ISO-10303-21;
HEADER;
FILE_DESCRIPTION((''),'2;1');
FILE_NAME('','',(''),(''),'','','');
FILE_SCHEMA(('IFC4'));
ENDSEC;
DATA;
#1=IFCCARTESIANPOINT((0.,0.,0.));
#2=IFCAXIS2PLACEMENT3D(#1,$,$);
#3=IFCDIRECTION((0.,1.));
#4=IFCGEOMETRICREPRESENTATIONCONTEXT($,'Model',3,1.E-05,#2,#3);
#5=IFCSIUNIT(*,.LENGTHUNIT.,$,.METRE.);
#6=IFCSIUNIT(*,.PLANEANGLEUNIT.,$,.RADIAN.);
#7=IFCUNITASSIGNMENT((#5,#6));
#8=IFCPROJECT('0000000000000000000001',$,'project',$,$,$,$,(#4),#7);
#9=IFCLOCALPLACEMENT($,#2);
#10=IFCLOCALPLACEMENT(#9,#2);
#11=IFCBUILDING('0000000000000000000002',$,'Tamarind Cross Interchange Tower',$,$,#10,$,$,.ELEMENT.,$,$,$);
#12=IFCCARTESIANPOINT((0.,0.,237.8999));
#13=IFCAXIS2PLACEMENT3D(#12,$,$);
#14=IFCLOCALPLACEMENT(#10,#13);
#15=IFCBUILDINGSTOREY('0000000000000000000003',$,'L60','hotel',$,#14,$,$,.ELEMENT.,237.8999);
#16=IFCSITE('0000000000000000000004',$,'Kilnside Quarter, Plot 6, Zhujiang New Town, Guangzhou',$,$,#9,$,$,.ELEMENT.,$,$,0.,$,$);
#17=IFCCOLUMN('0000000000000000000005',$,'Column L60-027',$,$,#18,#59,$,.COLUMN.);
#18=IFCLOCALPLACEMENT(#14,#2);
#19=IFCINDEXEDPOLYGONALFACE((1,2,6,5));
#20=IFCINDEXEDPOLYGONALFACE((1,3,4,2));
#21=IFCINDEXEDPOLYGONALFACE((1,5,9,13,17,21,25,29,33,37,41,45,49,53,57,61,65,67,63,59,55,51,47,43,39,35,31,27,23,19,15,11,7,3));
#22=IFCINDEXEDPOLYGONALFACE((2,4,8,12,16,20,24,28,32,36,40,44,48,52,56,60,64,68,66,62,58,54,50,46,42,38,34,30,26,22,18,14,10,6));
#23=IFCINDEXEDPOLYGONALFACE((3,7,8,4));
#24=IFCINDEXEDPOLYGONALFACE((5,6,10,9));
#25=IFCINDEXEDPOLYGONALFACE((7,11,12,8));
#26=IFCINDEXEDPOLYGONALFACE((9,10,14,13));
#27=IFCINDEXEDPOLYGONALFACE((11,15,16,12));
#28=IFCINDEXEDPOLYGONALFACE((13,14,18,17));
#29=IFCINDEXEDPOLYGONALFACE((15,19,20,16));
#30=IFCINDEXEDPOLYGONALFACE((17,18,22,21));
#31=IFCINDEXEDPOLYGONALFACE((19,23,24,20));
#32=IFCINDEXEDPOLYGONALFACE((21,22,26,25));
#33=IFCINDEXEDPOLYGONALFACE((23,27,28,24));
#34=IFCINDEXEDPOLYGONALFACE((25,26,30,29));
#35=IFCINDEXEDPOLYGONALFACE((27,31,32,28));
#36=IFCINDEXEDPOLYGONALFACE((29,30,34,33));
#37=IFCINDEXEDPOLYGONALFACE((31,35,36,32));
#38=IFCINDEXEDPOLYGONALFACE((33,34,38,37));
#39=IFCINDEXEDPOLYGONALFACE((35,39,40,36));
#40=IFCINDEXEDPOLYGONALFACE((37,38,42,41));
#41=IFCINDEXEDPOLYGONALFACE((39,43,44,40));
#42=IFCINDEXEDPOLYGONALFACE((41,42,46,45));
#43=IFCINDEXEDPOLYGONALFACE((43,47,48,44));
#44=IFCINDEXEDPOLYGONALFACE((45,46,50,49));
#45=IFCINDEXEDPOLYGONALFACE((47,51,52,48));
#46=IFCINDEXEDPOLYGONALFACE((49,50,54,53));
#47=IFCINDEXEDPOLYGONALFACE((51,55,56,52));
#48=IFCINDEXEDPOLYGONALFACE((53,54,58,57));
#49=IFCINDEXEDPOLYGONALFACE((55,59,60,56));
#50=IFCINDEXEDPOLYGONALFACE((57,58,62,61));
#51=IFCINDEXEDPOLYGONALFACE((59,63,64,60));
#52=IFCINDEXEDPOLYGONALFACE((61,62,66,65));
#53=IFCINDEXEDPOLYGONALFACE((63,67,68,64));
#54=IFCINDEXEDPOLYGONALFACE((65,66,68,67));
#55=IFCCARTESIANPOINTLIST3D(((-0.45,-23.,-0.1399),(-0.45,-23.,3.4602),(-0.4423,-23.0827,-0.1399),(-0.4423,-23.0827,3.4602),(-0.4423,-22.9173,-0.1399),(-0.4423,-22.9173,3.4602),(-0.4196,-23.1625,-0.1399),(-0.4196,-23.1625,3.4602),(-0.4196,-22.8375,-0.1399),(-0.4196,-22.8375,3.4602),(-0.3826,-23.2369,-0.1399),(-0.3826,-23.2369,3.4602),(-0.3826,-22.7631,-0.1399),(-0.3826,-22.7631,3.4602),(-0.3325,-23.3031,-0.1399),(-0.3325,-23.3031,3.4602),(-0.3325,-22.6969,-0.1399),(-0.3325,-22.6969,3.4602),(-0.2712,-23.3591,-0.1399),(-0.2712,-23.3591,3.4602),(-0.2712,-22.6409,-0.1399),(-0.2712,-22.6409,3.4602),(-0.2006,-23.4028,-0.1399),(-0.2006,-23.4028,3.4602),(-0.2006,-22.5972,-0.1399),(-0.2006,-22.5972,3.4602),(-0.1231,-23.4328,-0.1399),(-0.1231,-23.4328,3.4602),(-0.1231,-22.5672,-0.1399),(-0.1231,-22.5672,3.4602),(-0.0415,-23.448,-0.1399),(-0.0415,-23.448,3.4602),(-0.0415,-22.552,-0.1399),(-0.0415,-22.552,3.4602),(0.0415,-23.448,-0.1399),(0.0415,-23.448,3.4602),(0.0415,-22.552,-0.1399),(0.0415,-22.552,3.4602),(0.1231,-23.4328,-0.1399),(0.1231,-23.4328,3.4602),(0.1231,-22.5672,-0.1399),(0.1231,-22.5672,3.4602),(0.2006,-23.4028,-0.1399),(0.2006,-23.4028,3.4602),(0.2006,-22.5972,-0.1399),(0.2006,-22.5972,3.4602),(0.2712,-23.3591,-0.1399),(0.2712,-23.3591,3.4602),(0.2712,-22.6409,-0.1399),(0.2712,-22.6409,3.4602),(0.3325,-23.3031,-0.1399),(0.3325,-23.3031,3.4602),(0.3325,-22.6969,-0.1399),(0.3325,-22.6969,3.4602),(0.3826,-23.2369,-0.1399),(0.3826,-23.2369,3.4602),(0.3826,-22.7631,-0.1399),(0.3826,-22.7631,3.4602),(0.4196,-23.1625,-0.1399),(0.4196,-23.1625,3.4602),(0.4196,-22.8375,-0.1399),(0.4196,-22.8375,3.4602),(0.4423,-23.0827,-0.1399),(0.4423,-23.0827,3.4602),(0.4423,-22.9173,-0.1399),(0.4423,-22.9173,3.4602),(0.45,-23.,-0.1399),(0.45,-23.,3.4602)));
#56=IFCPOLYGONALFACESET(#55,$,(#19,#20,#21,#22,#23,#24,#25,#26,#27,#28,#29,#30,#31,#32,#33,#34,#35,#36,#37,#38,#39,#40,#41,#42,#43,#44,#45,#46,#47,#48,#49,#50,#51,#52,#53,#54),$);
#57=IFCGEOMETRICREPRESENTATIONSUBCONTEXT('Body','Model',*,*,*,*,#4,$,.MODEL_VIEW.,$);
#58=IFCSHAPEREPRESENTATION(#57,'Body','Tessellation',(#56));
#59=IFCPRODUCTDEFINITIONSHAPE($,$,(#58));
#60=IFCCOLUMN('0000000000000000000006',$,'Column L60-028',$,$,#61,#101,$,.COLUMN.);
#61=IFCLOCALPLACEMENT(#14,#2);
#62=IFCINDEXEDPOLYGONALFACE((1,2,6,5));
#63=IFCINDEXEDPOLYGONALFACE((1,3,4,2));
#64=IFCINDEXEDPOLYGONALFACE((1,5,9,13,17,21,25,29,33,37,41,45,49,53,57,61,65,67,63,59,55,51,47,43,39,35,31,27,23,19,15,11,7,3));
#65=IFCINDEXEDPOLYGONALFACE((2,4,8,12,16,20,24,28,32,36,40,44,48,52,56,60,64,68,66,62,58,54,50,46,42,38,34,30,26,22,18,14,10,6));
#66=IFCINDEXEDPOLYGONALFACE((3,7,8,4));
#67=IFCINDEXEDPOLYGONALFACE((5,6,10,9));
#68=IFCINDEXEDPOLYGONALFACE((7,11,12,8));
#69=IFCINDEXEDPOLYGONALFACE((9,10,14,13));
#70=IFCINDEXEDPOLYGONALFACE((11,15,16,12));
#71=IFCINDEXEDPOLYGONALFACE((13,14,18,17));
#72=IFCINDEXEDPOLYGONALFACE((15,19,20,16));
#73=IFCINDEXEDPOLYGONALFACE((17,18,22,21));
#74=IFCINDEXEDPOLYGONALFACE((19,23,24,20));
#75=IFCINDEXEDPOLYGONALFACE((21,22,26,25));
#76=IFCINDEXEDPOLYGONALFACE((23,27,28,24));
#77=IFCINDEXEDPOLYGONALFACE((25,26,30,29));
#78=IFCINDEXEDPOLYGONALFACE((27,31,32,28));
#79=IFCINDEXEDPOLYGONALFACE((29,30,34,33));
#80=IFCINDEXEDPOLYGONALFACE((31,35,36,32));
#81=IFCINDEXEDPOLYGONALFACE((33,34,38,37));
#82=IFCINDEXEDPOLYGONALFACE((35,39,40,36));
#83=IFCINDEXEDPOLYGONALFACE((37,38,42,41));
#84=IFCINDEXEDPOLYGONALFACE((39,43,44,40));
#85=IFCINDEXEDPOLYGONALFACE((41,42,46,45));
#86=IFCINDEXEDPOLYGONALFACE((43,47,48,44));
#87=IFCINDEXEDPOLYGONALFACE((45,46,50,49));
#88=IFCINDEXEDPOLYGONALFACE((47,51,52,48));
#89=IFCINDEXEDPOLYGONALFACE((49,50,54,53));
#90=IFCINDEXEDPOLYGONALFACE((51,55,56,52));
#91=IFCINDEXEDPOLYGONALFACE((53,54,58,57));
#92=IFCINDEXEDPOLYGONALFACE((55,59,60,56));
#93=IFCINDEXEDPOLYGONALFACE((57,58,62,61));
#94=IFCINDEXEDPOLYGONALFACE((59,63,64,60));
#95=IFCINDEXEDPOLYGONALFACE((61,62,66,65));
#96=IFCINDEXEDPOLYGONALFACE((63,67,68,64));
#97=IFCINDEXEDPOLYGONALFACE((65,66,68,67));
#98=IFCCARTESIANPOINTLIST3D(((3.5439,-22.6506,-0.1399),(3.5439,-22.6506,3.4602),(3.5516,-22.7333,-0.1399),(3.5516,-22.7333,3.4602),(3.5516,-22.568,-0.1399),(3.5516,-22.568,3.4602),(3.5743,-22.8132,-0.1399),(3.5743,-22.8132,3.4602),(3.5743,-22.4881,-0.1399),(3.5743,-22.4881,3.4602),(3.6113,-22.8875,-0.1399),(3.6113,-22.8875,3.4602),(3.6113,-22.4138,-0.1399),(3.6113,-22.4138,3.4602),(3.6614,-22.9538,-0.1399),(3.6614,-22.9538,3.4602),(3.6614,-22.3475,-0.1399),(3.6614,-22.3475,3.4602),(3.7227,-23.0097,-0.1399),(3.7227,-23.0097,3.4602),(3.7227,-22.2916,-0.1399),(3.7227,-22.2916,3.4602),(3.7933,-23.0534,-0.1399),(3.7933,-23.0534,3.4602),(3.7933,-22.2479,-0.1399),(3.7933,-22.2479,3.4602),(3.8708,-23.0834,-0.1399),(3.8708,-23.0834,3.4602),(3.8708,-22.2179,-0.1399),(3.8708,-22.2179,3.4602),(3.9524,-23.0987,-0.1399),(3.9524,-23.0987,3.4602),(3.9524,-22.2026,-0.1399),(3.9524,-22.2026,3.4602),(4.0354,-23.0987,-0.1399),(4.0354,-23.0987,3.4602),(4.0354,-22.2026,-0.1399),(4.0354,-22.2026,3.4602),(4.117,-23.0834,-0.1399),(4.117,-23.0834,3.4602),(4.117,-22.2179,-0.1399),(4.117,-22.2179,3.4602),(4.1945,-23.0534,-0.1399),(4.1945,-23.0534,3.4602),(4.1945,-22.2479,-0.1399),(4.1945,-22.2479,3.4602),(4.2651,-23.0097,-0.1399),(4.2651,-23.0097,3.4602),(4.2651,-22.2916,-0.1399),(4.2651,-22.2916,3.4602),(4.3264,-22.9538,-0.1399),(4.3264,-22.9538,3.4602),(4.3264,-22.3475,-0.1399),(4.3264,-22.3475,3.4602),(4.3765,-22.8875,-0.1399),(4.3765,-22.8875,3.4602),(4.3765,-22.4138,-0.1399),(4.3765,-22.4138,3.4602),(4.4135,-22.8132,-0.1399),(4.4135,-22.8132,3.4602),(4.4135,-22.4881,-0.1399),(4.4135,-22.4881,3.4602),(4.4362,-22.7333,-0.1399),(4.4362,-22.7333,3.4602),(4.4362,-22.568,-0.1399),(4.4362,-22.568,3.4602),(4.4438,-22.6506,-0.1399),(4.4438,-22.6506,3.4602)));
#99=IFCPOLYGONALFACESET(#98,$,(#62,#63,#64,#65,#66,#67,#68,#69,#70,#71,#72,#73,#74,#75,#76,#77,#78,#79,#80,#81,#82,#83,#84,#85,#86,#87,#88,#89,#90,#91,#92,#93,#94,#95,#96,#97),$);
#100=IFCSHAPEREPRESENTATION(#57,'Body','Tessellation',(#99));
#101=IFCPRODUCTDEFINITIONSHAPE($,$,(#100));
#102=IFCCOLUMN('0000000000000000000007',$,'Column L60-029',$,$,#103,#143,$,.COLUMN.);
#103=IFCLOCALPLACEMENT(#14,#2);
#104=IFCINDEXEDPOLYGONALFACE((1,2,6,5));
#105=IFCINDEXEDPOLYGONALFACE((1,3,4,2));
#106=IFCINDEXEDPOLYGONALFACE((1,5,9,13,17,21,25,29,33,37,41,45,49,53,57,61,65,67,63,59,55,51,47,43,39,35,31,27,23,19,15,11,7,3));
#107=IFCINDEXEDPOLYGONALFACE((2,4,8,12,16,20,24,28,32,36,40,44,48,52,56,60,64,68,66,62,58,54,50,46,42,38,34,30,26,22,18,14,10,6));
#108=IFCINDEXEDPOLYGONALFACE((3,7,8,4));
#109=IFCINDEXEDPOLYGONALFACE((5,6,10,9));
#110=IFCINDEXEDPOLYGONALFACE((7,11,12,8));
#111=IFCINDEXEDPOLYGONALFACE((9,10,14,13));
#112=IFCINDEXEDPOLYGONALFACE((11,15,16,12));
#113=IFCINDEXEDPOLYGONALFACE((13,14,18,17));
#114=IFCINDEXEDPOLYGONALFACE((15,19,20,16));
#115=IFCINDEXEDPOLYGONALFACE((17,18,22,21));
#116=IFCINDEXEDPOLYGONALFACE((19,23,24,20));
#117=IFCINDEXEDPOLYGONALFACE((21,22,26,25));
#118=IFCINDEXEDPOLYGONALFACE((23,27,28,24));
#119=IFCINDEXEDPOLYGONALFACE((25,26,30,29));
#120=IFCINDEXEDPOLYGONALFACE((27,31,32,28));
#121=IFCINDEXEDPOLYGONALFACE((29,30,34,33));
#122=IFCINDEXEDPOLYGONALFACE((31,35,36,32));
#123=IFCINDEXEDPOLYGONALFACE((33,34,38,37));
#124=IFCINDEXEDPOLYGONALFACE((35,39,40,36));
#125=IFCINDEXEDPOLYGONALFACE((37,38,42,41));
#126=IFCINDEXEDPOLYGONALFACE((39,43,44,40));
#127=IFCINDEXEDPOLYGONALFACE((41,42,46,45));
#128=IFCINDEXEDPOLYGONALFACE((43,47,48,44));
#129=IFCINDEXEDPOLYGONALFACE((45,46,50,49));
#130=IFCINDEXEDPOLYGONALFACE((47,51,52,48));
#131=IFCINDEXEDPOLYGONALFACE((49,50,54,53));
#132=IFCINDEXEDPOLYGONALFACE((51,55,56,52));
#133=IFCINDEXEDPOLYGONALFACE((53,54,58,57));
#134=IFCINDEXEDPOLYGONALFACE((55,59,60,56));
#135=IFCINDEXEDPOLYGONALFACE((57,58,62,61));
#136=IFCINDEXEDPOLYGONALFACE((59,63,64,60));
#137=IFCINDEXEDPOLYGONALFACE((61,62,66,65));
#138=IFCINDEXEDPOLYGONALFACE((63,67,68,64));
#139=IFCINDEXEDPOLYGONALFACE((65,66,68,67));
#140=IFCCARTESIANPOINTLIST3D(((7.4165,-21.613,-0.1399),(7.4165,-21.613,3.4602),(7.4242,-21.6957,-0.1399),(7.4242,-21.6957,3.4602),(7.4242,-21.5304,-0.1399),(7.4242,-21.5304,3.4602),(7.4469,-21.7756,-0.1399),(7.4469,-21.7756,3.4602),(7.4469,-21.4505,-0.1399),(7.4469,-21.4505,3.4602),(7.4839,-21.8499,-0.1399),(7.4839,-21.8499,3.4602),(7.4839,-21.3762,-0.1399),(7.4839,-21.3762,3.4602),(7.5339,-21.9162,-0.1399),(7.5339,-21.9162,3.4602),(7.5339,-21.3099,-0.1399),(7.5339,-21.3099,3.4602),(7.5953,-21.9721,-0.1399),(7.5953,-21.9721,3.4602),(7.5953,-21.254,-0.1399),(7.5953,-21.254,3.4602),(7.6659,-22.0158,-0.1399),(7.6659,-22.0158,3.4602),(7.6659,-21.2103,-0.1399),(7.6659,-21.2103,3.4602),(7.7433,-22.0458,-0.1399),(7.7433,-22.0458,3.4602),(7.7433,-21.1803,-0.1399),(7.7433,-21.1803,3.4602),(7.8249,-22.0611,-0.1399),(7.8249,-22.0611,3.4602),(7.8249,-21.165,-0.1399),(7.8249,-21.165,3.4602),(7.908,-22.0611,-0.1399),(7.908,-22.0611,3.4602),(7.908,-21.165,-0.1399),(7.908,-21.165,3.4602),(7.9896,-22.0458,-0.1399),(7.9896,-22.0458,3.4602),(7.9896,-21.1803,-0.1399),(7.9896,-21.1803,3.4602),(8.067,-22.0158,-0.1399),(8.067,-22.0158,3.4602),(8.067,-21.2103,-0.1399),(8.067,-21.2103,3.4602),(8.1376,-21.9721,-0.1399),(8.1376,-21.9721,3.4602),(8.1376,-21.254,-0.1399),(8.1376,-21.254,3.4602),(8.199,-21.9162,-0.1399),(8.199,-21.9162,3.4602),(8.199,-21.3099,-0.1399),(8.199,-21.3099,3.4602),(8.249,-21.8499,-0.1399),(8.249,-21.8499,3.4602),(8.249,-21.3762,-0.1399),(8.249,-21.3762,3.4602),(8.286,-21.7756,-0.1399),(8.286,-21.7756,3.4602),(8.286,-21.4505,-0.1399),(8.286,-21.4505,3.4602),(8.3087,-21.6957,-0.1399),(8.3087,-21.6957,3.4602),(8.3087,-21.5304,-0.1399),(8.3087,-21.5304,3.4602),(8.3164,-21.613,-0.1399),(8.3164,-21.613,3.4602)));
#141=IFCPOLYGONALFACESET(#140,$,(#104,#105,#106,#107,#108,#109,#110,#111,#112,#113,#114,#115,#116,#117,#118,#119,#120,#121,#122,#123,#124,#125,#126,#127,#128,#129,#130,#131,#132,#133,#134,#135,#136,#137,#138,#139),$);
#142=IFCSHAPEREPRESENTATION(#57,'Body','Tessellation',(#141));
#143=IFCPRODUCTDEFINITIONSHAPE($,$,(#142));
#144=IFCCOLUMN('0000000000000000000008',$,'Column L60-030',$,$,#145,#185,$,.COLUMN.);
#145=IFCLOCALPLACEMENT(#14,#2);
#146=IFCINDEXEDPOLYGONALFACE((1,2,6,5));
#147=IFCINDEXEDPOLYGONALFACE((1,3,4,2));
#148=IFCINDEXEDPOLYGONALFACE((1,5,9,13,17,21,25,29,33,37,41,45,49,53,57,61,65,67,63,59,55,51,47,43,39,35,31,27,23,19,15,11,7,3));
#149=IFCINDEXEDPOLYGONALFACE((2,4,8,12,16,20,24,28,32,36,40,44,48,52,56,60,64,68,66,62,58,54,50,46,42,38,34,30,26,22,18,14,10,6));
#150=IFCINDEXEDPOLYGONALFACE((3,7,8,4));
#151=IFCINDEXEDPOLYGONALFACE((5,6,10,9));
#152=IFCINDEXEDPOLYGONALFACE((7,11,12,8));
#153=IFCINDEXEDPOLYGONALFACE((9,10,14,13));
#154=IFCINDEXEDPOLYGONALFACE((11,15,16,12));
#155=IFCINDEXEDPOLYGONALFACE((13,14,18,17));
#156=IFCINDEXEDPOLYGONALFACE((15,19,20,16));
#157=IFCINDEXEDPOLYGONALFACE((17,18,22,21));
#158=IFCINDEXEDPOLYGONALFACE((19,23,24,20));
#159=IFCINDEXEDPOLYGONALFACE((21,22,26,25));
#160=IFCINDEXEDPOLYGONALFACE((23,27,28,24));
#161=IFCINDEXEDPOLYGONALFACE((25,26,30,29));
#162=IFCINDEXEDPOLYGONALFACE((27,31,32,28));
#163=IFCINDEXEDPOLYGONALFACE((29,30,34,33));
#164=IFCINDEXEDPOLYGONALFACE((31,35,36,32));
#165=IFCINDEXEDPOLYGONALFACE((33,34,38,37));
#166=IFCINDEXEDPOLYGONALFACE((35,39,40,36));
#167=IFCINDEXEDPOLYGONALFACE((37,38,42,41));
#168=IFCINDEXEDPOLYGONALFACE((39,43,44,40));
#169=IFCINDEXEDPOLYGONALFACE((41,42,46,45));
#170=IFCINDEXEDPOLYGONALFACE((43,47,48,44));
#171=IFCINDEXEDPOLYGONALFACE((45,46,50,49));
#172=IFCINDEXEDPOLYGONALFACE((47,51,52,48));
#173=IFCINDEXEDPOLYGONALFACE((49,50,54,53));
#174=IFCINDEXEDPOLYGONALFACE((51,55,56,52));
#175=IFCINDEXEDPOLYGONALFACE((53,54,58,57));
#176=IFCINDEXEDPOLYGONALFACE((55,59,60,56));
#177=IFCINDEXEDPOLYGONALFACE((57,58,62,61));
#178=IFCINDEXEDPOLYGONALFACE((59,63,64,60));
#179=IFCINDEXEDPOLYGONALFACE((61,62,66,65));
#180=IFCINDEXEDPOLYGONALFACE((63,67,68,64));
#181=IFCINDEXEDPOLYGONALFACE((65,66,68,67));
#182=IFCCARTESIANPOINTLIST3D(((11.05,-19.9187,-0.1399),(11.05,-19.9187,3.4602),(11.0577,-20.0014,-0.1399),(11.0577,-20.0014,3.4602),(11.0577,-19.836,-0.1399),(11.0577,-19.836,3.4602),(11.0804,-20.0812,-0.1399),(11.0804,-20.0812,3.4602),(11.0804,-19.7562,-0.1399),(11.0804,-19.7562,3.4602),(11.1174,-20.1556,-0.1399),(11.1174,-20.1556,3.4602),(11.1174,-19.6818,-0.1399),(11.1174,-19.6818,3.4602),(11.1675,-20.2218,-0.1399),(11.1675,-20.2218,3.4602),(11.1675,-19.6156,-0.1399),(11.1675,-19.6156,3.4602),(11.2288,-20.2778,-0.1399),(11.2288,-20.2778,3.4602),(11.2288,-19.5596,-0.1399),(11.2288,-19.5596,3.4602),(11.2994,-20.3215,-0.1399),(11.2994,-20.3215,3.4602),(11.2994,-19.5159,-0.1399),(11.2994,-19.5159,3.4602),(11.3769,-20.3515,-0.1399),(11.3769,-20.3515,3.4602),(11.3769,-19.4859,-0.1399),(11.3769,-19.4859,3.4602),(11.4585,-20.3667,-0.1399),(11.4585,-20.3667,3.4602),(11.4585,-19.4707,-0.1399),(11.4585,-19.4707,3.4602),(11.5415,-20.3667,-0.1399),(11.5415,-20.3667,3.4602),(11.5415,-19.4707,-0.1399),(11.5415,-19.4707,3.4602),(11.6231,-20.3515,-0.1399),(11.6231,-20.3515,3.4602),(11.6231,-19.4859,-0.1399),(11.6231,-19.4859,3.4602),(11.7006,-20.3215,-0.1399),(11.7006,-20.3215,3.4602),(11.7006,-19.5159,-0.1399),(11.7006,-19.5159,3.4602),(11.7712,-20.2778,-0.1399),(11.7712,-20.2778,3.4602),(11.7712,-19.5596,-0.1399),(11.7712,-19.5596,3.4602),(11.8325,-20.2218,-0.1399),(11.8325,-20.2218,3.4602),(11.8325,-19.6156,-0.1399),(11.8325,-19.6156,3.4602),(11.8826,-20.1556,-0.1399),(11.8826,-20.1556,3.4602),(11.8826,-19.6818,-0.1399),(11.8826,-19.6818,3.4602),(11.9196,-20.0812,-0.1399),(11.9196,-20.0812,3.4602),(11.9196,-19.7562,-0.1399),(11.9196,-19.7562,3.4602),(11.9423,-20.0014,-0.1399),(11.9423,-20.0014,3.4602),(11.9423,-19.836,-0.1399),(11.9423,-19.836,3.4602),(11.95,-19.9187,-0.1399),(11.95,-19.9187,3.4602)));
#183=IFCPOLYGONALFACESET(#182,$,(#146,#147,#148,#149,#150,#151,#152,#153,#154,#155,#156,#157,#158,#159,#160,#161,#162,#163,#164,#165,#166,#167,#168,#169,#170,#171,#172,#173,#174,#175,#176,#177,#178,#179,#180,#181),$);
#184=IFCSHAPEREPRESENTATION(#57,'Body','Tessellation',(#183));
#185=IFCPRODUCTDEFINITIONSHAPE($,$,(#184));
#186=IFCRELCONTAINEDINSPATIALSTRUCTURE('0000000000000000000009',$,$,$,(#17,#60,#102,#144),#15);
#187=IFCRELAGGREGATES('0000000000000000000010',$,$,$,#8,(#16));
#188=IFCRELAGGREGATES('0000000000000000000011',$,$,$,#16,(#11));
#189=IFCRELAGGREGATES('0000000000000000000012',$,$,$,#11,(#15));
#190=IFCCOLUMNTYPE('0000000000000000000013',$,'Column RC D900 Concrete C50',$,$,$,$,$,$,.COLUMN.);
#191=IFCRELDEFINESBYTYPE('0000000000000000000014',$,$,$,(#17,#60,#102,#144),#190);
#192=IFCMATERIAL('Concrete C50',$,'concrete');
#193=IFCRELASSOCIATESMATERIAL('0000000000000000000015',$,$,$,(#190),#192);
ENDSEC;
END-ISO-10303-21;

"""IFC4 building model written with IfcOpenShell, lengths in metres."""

from ifc_helpers import new_model, si_unit, direction, frame, origin, origin_2d, place, context, subcontext, project, spatial, circle, extrude, material, material_profile, profile_set, type_object, element, save


model = new_model("IFC4")

# Units and contexts
model_context = context("Model", 3, precision=1e-05, world=origin(), true_north=direction((0.0, 1.0)))
body_context = subcontext(model_context, "Body", "Model", "MODEL_VIEW")
ifc_project = project(units=[si_unit("LENGTHUNIT", "METRE"), si_unit("PLANEANGLEUNIT", "RADIAN")], contexts=[model_context])

# Site, building, storey
site_placement = place(None, origin())
site = spatial("IfcSite", under=ifc_project, at=site_placement, Name="Kilnside Quarter, Plot 6, Zhujiang New Town, Guangzhou", CompositionType="ELEMENT", RefElevation=0.0)
building_placement = place(site_placement, origin())
building = spatial("IfcBuilding", under=site, at=building_placement, Name="Tamarind Cross Interchange Tower", CompositionType="ELEMENT")
storey_placement = place(building_placement, frame((0.0, 0.0, 237.8999)))
storey = spatial("IfcBuildingStorey", under=building, at=storey_placement, Name="L60", Description="hotel", CompositionType="ELEMENT", Elevation=237.8999)

# Columns
ifc_material_1 = material(Name="Concrete C50", Category="concrete")
ifc_material_profile_1 = material_profile(ifc_material_1, circle(Radius=0.45, at=origin_2d()), Name="RC D900")
ifc_profile_set_1 = profile_set([ifc_material_profile_1], Name="Concrete C50")
column_type = type_object("IfcColumnType", Name="Column RC D900 Concrete C50", PredefinedType="COLUMN", material=ifc_profile_set_1)
for number, where, z_axis, x_axis, name in (
    (1, (0.0, -23.0, -0.1399), (0.0, 0.0, 1.0), (1.0, 0.0, 0.0), "Column L60-027"),
    (2, (3.9939, -22.6506, -0.1399), (0.0, 0.0, 1.0), (1.0, 0.0, 0.0), "Column L60-028"),
    (3, (7.8665, -21.613, -0.1399), (0.0, 0.0, 1.0), (1.0, 0.0, 0.0), "Column L60-029"),
    (4, (11.5, -19.9187, -0.1399), (0.0, 0.0, 1.0), (1.0, 0.0, 0.0), "Column L60-030"),
):
    element("IfcColumn", number, at=place(storey_placement, frame(where, z_axis=z_axis, x_axis=x_axis)), inside=storey, type_object=column_type, Name=name, PredefinedType="COLUMN", context=body_context, shape_type="SweptSolid", body=[
        extrude(circle(Radius=0.45, at=origin_2d()), origin(), (0.0, 0.0, 1.0), 3.6001),
    ])

save(model, "model.ifc")
